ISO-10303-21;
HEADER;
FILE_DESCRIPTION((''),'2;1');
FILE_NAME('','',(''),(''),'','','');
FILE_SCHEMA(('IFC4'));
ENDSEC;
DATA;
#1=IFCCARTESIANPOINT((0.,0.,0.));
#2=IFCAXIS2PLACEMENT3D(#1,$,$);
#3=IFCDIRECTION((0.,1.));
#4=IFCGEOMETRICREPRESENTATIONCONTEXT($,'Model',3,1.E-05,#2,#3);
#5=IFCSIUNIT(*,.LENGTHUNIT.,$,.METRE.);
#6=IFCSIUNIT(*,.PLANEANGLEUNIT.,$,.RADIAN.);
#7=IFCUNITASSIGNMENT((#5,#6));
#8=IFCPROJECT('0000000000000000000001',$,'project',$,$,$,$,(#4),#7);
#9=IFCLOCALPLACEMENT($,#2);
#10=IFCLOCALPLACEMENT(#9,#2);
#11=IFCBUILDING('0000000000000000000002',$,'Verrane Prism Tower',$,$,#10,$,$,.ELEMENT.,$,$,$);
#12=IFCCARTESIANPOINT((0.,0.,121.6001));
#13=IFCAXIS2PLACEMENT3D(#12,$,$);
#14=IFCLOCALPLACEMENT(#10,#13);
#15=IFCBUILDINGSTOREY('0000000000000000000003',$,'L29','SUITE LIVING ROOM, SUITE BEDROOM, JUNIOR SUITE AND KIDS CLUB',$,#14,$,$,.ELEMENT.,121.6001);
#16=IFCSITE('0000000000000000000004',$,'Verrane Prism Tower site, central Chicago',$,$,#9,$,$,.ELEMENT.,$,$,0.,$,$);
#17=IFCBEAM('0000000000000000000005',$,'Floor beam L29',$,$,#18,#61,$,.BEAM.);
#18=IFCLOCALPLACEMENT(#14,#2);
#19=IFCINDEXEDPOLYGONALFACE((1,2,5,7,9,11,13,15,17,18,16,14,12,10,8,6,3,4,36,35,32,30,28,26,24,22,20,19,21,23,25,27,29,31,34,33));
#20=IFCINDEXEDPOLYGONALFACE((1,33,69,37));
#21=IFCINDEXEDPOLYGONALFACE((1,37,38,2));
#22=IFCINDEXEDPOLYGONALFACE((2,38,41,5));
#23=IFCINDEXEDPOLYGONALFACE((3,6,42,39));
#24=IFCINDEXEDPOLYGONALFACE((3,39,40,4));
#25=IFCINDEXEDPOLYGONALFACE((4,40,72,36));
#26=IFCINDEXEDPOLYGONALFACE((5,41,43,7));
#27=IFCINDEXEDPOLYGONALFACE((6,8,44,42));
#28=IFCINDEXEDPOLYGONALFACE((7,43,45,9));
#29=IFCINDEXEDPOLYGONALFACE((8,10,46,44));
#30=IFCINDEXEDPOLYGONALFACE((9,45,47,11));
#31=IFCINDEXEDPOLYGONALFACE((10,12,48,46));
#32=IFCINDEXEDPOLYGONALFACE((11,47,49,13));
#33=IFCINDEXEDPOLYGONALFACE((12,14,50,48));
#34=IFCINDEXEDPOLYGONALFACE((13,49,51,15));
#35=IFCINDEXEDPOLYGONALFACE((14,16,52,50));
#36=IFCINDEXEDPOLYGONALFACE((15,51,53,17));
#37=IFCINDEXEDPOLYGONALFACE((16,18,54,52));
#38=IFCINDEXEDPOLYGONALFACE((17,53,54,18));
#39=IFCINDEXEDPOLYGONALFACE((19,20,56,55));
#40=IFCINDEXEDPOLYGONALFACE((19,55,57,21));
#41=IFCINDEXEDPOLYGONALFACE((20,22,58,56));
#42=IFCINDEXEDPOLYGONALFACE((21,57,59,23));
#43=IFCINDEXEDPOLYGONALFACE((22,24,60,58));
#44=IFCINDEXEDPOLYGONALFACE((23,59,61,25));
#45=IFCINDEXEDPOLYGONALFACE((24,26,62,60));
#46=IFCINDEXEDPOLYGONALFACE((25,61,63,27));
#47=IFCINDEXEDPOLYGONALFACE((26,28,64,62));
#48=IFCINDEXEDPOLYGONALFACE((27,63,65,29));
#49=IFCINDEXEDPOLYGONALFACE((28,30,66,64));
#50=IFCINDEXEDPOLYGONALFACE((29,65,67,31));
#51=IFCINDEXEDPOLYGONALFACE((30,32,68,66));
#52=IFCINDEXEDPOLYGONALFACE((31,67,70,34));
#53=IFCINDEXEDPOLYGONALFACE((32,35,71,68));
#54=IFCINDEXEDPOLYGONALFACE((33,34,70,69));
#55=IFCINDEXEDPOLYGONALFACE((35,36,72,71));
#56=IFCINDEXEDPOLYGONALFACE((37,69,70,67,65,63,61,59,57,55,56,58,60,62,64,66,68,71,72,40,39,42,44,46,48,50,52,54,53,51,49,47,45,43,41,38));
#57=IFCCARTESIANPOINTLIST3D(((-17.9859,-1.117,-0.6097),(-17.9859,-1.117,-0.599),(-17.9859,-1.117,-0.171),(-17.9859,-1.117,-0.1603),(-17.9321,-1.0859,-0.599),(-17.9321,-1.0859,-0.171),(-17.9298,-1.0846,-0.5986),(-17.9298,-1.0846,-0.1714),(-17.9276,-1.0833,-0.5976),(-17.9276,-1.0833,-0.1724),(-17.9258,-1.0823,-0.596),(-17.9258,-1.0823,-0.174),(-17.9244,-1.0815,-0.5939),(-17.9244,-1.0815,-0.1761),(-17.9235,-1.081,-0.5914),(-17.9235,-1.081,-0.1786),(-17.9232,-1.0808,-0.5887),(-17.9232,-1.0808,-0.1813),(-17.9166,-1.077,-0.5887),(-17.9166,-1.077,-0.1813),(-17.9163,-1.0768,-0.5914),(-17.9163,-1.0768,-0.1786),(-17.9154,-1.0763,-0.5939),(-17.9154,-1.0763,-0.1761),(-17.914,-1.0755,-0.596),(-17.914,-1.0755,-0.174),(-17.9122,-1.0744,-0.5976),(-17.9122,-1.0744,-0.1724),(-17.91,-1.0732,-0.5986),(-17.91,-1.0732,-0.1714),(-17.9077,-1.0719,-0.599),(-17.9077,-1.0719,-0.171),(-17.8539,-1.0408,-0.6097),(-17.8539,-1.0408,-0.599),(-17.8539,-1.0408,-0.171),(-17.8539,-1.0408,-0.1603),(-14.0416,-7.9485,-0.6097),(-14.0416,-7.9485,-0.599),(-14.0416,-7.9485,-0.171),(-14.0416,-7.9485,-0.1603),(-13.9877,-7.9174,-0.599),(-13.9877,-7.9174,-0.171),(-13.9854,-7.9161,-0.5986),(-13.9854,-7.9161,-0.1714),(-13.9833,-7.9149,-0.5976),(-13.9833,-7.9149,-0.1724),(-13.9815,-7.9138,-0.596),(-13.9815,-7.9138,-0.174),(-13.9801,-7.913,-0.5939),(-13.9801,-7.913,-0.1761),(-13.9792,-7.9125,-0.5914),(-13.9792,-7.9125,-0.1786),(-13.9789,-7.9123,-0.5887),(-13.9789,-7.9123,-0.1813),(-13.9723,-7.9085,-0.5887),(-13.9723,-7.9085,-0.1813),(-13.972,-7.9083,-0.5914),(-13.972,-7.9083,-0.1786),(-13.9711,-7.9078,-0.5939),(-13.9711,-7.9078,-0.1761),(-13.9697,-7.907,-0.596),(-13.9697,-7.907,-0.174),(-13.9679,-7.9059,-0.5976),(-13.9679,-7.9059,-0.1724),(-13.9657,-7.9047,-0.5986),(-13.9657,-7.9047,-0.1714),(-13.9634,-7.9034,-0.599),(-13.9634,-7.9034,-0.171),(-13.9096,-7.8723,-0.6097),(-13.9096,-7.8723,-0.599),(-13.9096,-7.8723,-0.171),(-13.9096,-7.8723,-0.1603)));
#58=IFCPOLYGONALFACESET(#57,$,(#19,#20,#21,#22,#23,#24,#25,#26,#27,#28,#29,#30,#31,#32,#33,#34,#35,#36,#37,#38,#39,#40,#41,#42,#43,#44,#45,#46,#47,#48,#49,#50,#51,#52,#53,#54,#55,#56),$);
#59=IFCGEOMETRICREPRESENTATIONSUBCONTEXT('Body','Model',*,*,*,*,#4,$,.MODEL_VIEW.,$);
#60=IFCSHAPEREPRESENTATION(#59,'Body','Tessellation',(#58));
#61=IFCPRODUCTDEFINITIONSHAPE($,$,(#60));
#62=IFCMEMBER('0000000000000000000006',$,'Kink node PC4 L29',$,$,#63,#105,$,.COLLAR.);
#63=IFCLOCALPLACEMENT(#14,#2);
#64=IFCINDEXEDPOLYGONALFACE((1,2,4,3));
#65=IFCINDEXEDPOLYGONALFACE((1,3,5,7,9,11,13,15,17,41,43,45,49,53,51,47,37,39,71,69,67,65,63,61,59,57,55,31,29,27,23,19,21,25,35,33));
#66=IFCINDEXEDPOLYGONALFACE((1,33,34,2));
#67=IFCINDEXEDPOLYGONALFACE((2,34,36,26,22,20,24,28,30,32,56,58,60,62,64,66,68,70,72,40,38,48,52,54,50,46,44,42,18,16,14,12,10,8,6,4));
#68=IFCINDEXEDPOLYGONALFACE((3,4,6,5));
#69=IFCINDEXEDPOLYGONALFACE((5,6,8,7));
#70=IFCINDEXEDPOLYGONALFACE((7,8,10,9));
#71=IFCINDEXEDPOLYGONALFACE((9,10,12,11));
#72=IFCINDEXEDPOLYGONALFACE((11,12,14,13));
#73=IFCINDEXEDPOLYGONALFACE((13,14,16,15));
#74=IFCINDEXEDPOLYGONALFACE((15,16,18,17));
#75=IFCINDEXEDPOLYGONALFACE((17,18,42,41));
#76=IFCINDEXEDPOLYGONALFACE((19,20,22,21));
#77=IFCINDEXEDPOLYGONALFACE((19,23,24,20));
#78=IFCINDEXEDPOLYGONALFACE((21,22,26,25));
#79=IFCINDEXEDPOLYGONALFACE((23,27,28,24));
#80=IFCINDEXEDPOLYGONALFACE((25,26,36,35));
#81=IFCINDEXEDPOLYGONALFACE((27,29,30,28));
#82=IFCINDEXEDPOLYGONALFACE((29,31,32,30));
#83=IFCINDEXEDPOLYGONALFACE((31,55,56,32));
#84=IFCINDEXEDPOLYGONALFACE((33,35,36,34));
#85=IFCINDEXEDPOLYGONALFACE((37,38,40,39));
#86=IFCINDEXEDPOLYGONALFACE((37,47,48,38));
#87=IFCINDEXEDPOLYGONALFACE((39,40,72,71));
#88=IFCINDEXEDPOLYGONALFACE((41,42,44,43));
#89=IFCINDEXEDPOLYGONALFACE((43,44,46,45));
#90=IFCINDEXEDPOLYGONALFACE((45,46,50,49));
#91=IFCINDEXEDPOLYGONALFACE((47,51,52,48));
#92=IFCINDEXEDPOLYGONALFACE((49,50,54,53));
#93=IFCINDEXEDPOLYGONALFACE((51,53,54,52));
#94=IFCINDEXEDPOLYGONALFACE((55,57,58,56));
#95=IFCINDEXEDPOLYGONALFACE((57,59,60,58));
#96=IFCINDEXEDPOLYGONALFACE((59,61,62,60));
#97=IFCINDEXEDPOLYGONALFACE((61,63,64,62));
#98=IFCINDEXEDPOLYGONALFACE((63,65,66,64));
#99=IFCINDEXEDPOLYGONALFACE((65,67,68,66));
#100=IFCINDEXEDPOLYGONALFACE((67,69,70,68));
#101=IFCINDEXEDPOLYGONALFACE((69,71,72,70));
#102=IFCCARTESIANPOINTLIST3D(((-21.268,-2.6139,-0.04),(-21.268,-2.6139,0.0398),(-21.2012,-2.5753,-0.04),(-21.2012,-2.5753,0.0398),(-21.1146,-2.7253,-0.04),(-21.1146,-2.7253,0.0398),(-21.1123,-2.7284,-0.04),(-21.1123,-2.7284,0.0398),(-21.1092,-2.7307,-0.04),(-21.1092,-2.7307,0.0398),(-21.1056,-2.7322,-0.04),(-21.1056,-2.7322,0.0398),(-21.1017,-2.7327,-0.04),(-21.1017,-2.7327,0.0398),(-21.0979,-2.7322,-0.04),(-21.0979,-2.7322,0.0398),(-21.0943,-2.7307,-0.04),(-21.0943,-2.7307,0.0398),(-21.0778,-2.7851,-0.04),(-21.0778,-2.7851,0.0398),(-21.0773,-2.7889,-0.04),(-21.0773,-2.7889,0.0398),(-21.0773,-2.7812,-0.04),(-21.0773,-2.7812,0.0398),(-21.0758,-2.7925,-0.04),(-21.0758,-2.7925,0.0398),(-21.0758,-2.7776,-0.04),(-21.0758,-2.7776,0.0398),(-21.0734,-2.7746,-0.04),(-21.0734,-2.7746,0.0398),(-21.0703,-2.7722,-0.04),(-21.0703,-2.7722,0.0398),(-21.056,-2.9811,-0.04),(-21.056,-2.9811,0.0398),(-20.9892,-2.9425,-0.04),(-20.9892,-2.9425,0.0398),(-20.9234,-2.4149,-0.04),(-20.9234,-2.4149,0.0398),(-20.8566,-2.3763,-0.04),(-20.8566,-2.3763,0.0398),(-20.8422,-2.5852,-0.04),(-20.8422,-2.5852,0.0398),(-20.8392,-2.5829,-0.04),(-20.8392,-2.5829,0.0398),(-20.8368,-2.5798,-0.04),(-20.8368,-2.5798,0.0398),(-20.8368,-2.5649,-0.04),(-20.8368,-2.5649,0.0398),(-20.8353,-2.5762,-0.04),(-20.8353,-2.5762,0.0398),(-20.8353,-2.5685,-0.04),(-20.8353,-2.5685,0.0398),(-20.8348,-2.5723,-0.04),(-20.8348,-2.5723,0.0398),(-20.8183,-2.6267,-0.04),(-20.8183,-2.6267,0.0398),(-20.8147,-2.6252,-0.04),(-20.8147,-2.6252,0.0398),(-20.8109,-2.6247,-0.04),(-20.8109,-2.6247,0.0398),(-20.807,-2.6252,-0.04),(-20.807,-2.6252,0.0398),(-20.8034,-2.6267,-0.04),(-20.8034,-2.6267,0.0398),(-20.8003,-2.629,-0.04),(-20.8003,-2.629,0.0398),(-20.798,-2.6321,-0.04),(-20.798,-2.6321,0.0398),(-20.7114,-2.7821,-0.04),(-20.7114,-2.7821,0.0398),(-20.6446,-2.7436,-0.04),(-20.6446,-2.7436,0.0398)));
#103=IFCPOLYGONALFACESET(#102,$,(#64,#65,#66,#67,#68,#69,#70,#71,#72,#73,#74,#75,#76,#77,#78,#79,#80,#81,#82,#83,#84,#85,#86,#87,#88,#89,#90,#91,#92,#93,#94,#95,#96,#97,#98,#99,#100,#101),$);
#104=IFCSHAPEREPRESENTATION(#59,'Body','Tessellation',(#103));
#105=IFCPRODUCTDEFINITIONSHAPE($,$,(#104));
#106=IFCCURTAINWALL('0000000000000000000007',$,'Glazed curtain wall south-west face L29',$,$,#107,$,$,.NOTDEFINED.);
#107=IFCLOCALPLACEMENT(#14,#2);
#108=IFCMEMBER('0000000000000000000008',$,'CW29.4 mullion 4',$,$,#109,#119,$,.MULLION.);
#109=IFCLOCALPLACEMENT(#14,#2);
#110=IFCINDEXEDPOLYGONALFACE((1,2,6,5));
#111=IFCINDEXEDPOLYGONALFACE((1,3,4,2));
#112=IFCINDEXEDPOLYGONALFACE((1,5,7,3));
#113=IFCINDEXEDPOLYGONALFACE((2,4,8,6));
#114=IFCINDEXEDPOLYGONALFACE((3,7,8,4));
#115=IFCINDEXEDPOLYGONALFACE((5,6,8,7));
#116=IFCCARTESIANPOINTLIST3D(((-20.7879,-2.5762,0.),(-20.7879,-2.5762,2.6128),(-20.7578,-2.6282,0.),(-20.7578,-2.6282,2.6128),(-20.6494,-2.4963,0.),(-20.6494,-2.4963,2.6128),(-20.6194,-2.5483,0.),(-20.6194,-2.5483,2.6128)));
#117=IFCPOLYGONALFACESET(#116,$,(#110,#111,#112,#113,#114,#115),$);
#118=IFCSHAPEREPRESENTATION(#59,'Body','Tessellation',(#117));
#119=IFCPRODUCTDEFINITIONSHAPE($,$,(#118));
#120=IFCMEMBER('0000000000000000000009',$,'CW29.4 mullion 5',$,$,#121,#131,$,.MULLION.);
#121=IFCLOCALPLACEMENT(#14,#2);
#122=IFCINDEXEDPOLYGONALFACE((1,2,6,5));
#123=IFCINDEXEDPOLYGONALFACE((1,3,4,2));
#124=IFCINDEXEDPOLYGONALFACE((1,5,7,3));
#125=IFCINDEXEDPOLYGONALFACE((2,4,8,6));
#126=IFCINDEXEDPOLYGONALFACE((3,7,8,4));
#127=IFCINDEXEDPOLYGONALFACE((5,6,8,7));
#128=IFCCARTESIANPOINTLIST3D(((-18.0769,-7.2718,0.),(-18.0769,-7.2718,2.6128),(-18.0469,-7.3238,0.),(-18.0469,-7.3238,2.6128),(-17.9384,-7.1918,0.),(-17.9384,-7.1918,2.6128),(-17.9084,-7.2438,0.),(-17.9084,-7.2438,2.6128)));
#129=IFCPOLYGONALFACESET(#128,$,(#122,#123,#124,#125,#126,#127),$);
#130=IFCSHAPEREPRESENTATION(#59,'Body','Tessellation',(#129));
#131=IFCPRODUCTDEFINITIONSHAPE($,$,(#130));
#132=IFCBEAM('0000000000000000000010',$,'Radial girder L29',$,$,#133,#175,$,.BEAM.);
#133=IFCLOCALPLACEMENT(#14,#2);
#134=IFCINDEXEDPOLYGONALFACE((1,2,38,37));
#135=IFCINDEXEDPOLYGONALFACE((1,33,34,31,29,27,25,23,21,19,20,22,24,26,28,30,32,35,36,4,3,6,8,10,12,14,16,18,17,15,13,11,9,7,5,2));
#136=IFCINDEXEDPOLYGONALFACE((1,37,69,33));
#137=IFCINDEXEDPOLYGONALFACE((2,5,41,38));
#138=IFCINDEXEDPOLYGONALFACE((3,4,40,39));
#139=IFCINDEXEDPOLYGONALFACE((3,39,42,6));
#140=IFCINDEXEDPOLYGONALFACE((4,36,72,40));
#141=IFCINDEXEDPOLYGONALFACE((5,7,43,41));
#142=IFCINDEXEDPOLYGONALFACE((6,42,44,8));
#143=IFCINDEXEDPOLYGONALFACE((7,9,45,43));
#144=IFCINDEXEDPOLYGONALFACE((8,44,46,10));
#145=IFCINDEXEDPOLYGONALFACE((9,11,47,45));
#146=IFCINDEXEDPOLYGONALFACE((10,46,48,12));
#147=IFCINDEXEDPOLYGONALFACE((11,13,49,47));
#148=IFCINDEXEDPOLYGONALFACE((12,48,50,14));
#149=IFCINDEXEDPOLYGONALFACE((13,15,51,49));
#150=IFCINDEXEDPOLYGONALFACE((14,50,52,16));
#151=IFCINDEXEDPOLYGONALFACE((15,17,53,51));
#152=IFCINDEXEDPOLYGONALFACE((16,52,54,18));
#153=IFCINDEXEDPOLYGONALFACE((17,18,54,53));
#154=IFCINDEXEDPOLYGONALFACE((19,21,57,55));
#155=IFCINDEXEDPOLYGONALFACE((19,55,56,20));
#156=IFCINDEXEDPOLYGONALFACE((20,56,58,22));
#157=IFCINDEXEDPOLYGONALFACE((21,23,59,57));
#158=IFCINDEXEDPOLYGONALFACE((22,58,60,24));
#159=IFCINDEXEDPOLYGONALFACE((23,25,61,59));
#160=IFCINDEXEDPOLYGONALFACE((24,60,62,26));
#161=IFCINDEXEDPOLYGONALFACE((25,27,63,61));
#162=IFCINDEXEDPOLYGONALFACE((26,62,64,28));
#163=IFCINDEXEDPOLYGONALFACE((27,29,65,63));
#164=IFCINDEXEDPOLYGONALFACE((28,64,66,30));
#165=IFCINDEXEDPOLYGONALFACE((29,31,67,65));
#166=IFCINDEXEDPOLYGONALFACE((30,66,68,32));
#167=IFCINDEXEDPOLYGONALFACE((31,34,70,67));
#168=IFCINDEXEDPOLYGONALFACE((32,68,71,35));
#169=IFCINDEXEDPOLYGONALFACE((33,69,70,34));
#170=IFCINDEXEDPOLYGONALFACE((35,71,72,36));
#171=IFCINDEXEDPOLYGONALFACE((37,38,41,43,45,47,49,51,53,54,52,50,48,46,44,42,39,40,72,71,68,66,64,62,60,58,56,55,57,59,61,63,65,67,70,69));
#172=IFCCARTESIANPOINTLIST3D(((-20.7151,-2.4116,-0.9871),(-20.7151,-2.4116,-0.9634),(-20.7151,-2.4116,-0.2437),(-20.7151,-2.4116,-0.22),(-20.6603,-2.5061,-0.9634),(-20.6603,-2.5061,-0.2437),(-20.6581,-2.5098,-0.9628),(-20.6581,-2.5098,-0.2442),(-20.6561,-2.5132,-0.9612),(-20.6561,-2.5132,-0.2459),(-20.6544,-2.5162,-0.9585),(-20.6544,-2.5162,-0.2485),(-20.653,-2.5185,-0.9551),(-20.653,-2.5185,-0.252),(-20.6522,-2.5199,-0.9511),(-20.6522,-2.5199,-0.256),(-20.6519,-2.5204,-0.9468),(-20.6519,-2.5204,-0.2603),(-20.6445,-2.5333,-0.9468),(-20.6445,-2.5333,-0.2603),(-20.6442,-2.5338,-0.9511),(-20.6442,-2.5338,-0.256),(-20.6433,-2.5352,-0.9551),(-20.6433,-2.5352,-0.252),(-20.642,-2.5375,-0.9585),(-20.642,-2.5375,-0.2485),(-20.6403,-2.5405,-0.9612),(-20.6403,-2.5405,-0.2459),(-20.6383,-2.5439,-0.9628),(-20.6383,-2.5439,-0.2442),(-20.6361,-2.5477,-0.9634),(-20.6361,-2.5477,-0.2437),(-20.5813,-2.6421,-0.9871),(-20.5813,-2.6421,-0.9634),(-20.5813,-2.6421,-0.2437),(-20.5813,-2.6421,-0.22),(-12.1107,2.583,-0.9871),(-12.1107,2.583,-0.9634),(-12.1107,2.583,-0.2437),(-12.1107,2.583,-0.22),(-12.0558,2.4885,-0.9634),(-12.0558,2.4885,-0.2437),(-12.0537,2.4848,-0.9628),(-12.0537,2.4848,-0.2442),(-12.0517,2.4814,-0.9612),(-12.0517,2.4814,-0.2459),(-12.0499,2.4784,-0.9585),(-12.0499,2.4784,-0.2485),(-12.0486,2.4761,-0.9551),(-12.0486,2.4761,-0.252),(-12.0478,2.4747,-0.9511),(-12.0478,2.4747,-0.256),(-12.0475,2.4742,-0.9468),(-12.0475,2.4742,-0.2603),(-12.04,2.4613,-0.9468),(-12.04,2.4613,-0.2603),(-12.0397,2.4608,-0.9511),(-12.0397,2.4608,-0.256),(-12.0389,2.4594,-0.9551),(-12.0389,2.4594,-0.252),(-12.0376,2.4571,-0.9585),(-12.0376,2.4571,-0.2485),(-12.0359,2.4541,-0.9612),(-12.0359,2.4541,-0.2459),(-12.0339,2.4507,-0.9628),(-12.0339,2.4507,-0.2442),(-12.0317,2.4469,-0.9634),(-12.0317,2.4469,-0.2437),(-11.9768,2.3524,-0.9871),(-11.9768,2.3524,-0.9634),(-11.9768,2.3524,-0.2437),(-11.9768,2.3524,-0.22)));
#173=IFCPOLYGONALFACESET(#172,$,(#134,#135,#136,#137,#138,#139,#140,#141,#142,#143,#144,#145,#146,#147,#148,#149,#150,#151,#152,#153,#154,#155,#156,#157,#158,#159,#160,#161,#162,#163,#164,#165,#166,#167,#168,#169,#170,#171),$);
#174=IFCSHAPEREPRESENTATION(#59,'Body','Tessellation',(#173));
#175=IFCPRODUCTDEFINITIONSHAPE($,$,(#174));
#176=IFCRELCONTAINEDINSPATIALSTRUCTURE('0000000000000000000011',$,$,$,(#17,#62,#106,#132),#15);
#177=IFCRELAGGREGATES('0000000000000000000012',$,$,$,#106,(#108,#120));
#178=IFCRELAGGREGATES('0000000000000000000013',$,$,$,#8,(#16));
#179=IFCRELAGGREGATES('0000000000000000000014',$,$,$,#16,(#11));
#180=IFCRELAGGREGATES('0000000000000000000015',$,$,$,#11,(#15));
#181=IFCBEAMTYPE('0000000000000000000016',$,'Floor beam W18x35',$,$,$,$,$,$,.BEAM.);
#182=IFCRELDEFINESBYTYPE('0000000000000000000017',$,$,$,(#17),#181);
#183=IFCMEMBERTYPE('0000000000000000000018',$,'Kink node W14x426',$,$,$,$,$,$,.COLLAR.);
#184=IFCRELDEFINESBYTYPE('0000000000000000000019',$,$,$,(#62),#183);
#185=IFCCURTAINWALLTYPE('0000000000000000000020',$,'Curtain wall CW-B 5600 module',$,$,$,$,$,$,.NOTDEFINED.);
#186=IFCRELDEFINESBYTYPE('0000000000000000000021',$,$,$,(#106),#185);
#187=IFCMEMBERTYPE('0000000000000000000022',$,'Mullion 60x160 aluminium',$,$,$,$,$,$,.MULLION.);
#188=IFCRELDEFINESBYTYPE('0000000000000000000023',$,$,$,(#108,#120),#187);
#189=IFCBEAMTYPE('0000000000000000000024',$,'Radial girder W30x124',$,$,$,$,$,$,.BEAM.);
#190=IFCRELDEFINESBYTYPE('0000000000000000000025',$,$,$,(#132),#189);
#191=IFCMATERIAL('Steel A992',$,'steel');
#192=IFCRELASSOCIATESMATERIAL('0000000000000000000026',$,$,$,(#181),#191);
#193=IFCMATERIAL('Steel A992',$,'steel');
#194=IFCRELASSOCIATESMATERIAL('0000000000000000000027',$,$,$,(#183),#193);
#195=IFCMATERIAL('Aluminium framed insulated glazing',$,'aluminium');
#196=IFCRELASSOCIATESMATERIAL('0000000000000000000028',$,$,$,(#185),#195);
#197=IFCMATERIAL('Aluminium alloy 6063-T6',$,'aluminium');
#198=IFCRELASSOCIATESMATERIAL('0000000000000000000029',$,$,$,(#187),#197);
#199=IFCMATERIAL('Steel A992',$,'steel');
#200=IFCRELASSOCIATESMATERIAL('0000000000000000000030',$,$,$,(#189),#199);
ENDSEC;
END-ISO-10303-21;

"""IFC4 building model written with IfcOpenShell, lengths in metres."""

from ifc_helpers import new_model, si_unit, direction, frame, origin, origin_2d, place, context, subcontext, project, spatial, rectangle, i_section, extrude, material, material_profile, profile_set, type_object, element, aggregate, save


model = new_model("IFC4")

# Units and contexts
model_context = context("Model", 3, precision=1e-05, world=origin(), true_north=direction((0.0, 1.0)))
body_context = subcontext(model_context, "Body", "Model", "MODEL_VIEW")
ifc_project = project(units=[si_unit("LENGTHUNIT", "METRE"), si_unit("PLANEANGLEUNIT", "RADIAN")], contexts=[model_context])

# Site, building, storey
site_placement = place(None, origin())
site = spatial("IfcSite", under=ifc_project, at=site_placement, Name="Verrane Prism Tower site, central Chicago", CompositionType="ELEMENT", RefElevation=0.0)
building_placement = place(site_placement, origin())
building = spatial("IfcBuilding", under=site, at=building_placement, Name="Verrane Prism Tower", CompositionType="ELEMENT")
storey_placement = place(building_placement, frame((0.0, 0.0, 121.6001)))
storey = spatial("IfcBuildingStorey", under=building, at=storey_placement, Name="L29", Description="SUITE LIVING ROOM, SUITE BEDROOM, JUNIOR SUITE AND KIDS CLUB", CompositionType="ELEMENT", Elevation=121.6001)

# Beam
ifc_material_1 = material(Name="Steel A992", Category="steel")
ifc_material_profile_1 = material_profile(ifc_material_1, i_section(OverallWidth=0.1523, OverallDepth=0.4495, WebThickness=0.0076, FlangeThickness=0.0107, FilletRadius=0.0103, at=origin_2d()), Name="W18x35")
ifc_profile_set_1 = profile_set([ifc_material_profile_1], Name="Steel A992")
beam_type_1 = type_object("IfcBeamType", Name="Floor beam W18x35", PredefinedType="BEAM", material=ifc_profile_set_1)
beam_1_placement = place(storey_placement, frame((-13.9756, -7.9104, -0.385), z_axis=(-0.500014, 0.866018, 0.0), x_axis=(-0.866018, -0.500014, 0.0)))
element("IfcBeam", 1, at=beam_1_placement, inside=storey, type_object=beam_type_1, Name="Floor beam L29", PredefinedType="BEAM", context=body_context, shape_type="SweptSolid", body=[
    extrude(i_section(OverallWidth=0.1523, OverallDepth=0.4495, WebThickness=0.0076, FlangeThickness=0.0107, FilletRadius=0.0103, at=origin_2d()), origin(), (0.0, 0.0, 1.0), 7.8884),
])

# Member
ifc_material_2 = material(Name="Steel A992", Category="steel")
ifc_material_profile_2 = material_profile(ifc_material_2, i_section(OverallWidth=0.4241, OverallDepth=0.4751, WebThickness=0.0479, FlangeThickness=0.0771, FilletRadius=0.0149, at=origin_2d()), Name="W14x426")
ifc_profile_set_2 = profile_set([ifc_material_profile_2], Name="Steel A992")
member_type_1 = type_object("IfcMemberType", Name="Kink node W14x426", PredefinedType="COLLAR", material=ifc_profile_set_2)
member_1_placement = place(storey_placement, frame((-20.9563, -2.6787, -0.04), z_axis=(0.0, 0.0, 1.0), x_axis=(-0.5, 0.866025, 0.0)))
element("IfcMember", 2, at=member_1_placement, inside=storey, type_object=member_type_1, Name="Kink node PC4 L29", PredefinedType="COLLAR", context=body_context, shape_type="SweptSolid", body=[
    extrude(i_section(OverallWidth=0.4241, OverallDepth=0.4751, WebThickness=0.0479, FlangeThickness=0.0771, FilletRadius=0.0149, at=origin_2d()), origin(), (0.0, 0.0, 1.0), 0.0798),
])

# Curtain wall, members
ifc_material_3 = material(Name="Aluminium framed insulated glazing", Category="aluminium")
curtain_wall_type = type_object("IfcCurtainWallType", Name="Curtain wall CW-B 5600 module", PredefinedType="NOTDEFINED", material=ifc_material_3)
curtain_wall_placement = place(storey_placement, origin())
curtain_wall = element("IfcCurtainWall", 3, at=curtain_wall_placement, inside=storey, type_object=curtain_wall_type, Name="Glazed curtain wall south-west face L29", PredefinedType="NOTDEFINED")
ifc_material_4 = material(Name="Aluminium alloy 6063-T6", Category="aluminium")
ifc_material_profile_3 = material_profile(ifc_material_4, rectangle(XDim=0.1599, YDim=0.0601, at=origin_2d()), Name="Mullion 60x160 aluminium")
ifc_profile_set_3 = profile_set([ifc_material_profile_3], Name="Aluminium alloy 6063-T6")
member_type_2 = type_object("IfcMemberType", Name="Mullion 60x160 aluminium", PredefinedType="MULLION", material=ifc_profile_set_3)
member_2_placement = place(storey_placement, frame((-20.7036, -2.5623, 0.0), z_axis=(0.0, 0.0, 1.0), x_axis=(0.866025, 0.5, 0.0)))
member_2 = element("IfcMember", 4, at=member_2_placement, type_object=member_type_2, Name="CW29.4 mullion 4", PredefinedType="MULLION", context=body_context, shape_type="SweptSolid", body=[
    extrude(rectangle(XDim=0.1599, YDim=0.0601, at=origin_2d()), origin(), (0.0, 0.0, 1.0), 2.6128),
])
member_3_placement = place(storey_placement, frame((-17.9927, -7.2578, 0.0), z_axis=(0.0, 0.0, 1.0), x_axis=(0.866025, 0.5, 0.0)))
member_3 = element("IfcMember", 5, at=member_3_placement, type_object=member_type_2, Name="CW29.4 mullion 5", PredefinedType="MULLION", context=body_context, shape_type="SweptSolid", body=[
    extrude(rectangle(XDim=0.1599, YDim=0.0601, at=origin_2d()), origin(), (0.0, 0.0, 1.0), 2.6128),
])

# Beam
ifc_material_5 = material(Name="Steel A992", Category="steel")
ifc_material_profile_4 = material_profile(ifc_material_5, i_section(OverallWidth=0.2666, OverallDepth=0.7671, WebThickness=0.0149, FlangeThickness=0.0237, FilletRadius=0.0166, at=origin_2d()), Name="W30x124")
ifc_profile_set_4 = profile_set([ifc_material_profile_4], Name="Steel A992")
beam_type_2 = type_object("IfcBeamType", Name="Radial girder W30x124", PredefinedType="BEAM", material=ifc_profile_set_4)
beam_2_placement = place(storey_placement, frame((-20.6482, -2.5269, -0.6035), z_axis=(0.864856, 0.502021, 0.0), x_axis=(-0.502021, 0.864856, 0.0)))
element("IfcBeam", 6, at=beam_2_placement, inside=storey, type_object=beam_type_2, Name="Radial girder L29", PredefinedType="BEAM", context=body_context, shape_type="SweptSolid", body=[
    extrude(i_section(OverallWidth=0.2666, OverallDepth=0.7671, WebThickness=0.0149, FlangeThickness=0.0237, FilletRadius=0.0166, at=origin_2d()), origin(), (0.0, 0.0, 1.0), 9.949),
])

aggregate(curtain_wall, [member_2, member_3])

save(model, "model.ifc")
